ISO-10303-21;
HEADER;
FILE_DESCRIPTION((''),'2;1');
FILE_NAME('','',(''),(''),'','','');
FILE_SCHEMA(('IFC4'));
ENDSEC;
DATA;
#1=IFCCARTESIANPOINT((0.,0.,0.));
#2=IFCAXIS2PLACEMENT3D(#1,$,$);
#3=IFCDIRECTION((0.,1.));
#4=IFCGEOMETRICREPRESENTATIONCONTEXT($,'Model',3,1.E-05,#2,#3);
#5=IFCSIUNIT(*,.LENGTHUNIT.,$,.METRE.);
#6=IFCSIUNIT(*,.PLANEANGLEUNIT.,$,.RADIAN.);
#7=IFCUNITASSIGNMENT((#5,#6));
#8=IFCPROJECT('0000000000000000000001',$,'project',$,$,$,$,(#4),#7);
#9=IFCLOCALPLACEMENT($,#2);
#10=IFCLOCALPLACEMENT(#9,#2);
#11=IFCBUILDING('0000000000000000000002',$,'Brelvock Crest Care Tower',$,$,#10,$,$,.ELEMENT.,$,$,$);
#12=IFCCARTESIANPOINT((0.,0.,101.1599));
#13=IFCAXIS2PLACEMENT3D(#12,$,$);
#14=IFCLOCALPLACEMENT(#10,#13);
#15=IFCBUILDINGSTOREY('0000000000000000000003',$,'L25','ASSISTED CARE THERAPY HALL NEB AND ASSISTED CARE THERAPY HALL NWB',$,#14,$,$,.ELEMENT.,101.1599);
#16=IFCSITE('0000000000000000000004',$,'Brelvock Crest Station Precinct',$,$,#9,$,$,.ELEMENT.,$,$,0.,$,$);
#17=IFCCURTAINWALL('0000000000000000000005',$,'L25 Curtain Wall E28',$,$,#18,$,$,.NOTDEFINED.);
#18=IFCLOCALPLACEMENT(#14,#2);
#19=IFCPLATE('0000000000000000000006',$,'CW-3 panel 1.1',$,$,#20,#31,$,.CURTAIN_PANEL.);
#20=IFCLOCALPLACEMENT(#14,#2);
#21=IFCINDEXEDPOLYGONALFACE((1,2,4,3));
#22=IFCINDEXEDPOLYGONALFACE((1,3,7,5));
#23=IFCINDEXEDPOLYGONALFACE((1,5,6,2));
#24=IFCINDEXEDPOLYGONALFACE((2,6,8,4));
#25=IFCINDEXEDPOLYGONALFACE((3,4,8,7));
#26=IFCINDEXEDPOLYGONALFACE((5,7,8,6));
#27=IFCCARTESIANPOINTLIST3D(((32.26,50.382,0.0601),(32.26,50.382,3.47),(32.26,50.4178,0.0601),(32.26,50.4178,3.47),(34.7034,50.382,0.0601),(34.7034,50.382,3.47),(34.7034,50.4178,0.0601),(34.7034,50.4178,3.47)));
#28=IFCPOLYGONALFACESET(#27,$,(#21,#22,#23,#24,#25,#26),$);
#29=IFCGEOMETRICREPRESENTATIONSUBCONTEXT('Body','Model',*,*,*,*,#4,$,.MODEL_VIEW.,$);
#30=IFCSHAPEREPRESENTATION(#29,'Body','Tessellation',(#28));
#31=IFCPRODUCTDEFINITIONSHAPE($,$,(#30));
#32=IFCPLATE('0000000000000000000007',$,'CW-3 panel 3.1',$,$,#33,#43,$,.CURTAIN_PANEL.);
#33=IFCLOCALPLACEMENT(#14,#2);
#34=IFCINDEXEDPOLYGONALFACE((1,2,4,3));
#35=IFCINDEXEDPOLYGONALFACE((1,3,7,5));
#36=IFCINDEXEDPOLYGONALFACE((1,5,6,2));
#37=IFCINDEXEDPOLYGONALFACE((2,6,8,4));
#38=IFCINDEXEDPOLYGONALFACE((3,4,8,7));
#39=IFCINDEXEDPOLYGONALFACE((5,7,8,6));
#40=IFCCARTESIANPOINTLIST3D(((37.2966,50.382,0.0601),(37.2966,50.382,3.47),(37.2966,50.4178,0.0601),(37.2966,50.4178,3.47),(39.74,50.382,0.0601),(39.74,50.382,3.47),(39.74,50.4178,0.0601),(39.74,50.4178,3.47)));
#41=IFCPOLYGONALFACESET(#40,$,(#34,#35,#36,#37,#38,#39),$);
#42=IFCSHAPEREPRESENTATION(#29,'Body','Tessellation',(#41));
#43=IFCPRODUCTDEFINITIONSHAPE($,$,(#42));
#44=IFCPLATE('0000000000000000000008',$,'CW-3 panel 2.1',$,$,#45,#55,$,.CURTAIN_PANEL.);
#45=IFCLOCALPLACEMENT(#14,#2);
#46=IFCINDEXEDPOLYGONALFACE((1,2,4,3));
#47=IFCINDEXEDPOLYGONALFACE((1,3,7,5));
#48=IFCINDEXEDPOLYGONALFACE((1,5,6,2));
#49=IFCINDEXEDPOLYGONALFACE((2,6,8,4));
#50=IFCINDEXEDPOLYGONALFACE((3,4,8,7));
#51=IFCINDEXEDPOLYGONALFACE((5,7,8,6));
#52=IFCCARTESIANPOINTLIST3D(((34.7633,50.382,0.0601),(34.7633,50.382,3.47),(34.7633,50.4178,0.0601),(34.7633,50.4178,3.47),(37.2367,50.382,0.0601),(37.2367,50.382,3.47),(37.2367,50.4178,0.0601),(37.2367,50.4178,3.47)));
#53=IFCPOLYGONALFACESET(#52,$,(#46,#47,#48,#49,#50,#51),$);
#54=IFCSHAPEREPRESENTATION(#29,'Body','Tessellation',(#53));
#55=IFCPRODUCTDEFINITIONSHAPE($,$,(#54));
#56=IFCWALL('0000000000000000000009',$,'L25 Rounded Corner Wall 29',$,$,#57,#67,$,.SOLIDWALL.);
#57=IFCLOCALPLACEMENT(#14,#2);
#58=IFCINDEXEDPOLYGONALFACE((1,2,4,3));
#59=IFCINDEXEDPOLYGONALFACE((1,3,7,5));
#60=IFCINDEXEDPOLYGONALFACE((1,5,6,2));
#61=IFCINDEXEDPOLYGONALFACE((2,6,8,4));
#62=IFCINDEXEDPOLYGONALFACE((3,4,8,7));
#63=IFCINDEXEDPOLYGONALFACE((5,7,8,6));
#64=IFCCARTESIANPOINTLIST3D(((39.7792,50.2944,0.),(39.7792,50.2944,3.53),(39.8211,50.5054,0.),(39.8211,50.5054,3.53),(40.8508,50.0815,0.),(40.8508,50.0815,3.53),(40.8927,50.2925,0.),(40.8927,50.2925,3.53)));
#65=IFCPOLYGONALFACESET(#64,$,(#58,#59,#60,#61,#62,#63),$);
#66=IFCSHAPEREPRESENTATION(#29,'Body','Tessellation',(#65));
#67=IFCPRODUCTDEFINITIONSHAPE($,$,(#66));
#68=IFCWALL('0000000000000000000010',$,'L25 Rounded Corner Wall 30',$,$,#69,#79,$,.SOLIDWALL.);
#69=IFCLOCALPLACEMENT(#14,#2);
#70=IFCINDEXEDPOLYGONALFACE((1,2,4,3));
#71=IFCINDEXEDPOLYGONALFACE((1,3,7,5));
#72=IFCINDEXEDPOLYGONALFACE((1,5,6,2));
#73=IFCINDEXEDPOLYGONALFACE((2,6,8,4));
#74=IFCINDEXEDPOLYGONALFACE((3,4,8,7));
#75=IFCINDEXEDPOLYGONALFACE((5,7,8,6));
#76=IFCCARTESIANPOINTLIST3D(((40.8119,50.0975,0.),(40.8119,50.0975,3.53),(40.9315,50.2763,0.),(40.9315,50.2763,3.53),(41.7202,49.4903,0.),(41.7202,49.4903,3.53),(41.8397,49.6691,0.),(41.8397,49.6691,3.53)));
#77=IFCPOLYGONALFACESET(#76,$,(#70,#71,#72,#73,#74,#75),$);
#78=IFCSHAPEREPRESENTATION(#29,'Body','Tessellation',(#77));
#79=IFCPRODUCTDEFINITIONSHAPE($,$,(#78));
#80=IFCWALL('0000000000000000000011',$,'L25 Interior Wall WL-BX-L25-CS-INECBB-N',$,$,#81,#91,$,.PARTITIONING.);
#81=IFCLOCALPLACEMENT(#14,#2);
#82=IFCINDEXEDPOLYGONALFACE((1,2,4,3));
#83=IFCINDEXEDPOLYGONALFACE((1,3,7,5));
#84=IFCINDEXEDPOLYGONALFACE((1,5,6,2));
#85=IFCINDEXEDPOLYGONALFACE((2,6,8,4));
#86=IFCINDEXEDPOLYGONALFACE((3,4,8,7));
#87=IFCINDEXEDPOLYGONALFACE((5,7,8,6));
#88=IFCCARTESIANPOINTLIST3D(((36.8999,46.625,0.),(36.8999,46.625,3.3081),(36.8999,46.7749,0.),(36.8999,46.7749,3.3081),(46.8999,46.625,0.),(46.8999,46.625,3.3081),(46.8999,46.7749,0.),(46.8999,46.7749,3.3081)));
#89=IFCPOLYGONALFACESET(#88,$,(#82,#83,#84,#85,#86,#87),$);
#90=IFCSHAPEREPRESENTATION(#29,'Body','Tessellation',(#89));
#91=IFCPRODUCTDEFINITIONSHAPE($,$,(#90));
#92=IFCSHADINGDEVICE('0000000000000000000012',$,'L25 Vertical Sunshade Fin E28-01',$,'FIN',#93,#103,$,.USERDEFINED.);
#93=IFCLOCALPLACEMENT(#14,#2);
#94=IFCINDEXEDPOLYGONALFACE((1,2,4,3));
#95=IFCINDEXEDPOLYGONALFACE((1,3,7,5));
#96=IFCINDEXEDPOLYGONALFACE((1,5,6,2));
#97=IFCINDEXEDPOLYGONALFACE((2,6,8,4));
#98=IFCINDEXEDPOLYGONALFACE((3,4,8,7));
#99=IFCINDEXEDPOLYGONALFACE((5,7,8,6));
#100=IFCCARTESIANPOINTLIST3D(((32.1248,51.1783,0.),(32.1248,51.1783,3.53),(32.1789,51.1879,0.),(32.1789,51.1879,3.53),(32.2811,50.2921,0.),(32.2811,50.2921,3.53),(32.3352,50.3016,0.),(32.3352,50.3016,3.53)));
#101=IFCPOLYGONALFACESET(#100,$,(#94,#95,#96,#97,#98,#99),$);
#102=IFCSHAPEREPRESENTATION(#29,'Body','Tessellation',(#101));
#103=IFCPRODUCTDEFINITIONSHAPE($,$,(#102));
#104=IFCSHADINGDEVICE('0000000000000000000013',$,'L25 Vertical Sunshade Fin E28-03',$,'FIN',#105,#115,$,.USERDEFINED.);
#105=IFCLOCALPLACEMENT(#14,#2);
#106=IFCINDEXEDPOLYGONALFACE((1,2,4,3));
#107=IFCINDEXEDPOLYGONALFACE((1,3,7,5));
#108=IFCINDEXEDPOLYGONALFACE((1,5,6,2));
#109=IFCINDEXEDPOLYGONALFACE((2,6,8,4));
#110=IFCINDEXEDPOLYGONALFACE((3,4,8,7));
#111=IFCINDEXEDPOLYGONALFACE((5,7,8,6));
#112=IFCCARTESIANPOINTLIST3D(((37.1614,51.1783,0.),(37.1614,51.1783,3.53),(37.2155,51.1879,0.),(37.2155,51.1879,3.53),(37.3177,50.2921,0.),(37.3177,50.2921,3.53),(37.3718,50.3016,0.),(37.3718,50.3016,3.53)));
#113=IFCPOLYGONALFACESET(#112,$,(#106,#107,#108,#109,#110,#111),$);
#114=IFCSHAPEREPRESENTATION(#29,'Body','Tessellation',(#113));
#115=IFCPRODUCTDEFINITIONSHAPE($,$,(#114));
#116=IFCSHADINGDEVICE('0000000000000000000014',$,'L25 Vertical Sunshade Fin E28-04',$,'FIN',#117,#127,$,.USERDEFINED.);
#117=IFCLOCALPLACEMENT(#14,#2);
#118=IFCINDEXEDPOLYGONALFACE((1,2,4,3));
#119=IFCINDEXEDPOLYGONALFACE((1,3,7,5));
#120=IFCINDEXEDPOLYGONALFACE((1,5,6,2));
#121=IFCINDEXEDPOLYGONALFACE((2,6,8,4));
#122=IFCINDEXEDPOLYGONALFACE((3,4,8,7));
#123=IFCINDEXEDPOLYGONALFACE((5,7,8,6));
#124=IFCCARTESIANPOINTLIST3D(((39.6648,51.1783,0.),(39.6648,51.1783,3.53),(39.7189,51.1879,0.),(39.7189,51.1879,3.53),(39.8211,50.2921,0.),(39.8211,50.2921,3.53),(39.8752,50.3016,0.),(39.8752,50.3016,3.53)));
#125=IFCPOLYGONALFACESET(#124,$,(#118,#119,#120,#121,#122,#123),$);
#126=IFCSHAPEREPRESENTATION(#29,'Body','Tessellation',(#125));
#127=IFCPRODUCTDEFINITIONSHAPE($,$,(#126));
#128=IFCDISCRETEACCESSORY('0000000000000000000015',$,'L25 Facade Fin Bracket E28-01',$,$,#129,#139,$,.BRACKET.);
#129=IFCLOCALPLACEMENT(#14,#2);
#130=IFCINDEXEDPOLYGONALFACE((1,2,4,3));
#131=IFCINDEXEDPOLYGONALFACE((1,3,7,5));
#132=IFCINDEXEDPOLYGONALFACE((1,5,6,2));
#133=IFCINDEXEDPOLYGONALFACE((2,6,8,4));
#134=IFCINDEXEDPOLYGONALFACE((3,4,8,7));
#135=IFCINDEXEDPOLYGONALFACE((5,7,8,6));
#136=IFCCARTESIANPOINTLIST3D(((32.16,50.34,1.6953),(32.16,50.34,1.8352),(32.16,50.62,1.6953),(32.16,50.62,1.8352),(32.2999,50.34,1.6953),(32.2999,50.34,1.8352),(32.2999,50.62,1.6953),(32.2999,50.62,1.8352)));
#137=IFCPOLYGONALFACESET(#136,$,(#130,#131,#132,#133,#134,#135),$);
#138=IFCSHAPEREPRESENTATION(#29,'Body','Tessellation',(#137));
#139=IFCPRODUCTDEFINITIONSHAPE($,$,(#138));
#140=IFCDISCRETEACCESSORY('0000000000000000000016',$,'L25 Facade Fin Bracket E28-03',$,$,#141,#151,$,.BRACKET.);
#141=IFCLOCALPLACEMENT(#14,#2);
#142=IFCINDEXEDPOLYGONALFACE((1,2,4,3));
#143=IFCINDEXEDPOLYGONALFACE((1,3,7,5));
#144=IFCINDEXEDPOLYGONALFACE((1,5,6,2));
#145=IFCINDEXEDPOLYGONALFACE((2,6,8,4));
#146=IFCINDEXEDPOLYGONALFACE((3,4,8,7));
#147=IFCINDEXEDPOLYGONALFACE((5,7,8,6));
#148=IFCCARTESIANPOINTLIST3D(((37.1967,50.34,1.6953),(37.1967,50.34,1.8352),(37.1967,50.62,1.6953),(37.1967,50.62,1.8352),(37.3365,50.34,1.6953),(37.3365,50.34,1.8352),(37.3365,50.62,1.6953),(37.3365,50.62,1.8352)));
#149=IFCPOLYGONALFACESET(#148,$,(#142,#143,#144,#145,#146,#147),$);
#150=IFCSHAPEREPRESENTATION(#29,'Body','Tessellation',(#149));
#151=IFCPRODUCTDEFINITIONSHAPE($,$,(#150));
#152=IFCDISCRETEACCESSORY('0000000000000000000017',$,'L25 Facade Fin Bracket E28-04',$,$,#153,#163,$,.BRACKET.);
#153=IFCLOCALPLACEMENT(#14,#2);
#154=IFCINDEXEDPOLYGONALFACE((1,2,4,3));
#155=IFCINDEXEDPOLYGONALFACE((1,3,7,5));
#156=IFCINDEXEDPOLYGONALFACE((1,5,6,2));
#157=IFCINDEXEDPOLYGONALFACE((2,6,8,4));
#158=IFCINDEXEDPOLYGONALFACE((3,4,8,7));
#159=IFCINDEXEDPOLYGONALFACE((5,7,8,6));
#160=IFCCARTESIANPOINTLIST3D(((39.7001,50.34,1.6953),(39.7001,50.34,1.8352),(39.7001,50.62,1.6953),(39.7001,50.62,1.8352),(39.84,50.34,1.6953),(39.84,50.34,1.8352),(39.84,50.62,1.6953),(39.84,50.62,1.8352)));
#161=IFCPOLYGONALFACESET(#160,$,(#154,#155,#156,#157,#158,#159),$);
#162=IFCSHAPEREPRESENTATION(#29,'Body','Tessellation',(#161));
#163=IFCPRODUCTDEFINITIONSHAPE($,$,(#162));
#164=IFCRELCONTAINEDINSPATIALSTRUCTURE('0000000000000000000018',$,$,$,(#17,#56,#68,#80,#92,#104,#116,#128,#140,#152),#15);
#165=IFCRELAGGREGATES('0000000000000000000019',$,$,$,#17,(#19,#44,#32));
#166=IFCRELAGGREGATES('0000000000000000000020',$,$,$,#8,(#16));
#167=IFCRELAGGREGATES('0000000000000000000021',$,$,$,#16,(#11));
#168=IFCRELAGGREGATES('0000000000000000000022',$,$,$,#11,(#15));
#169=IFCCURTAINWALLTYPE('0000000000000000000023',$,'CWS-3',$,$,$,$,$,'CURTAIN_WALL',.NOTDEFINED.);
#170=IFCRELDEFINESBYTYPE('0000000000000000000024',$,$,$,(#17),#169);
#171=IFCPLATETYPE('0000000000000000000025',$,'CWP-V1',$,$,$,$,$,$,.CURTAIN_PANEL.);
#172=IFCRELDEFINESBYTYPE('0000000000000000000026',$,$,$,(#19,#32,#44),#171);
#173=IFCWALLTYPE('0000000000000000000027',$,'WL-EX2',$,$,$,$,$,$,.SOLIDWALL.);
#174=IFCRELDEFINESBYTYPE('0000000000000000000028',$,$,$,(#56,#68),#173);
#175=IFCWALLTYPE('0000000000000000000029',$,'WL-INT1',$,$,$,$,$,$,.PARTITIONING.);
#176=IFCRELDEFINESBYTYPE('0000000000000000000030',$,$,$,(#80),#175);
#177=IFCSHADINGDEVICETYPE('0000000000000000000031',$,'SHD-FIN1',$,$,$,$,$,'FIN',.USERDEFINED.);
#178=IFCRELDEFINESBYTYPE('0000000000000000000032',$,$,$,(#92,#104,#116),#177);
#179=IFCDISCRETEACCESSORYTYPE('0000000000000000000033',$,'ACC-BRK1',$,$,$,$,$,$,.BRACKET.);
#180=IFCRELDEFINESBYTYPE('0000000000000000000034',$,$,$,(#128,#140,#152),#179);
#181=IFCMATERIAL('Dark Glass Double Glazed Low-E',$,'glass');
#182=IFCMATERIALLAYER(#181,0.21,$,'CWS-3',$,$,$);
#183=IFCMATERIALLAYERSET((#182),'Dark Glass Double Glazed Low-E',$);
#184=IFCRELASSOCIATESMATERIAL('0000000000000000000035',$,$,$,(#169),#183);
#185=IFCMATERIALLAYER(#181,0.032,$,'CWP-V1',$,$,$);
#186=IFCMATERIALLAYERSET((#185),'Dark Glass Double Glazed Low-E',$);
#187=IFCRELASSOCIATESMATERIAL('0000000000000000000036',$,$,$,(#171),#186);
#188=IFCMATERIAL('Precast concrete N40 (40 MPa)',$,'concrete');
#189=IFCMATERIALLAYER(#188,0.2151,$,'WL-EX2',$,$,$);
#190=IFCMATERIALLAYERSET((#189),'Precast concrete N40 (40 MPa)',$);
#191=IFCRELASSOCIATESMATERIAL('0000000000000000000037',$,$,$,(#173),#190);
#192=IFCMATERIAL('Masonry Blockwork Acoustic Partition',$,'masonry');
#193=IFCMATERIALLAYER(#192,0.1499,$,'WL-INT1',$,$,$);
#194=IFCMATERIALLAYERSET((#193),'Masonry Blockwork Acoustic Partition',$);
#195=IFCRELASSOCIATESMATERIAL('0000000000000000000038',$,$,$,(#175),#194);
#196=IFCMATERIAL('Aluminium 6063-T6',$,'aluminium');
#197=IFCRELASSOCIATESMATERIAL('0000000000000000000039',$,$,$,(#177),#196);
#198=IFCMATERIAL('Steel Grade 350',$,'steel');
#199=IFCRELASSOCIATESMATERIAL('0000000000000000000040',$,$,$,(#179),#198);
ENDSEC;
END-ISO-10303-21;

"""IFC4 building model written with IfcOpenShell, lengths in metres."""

from ifc_helpers import new_model, si_unit, direction, frame, frame_2d, origin, origin_2d, place, context, subcontext, project, spatial, rectangle, extrude, source, transform, mapped, material, layer, layer_set, material_profile, profile_set, type_object, element, aggregate, save


model = new_model("IFC4")

# Units and contexts
model_context = context("Model", 3, precision=1e-05, world=origin(), true_north=direction((0.0, 1.0)))
body_context = subcontext(model_context, "Body", "Model", "MODEL_VIEW")
ifc_project = project(units=[si_unit("LENGTHUNIT", "METRE"), si_unit("PLANEANGLEUNIT", "RADIAN")], contexts=[model_context])

# Site, building, storey
site_placement = place(None, origin())
site = spatial("IfcSite", under=ifc_project, at=site_placement, Name="Brelvock Crest Station Precinct", CompositionType="ELEMENT", RefElevation=0.0)
building_placement = place(site_placement, origin())
building = spatial("IfcBuilding", under=site, at=building_placement, Name="Brelvock Crest Care Tower", CompositionType="ELEMENT")
storey_placement = place(building_placement, frame((0.0, 0.0, 101.1599)))
storey = spatial("IfcBuildingStorey", under=building, at=storey_placement, Name="L25", Description="ASSISTED CARE THERAPY HALL NEB AND ASSISTED CARE THERAPY HALL NWB", CompositionType="ELEMENT", Elevation=101.1599)

# Shared definitions
ifc_material_1 = material(Name="Steel Grade 350", Category="steel")

# Curtain wall, plates
ifc_material_2 = material(Name="Dark Glass Double Glazed Low-E", Category="glass")
ifc_layer_1 = layer(ifc_material_2, 0.21, Name="CWS-3")
ifc_layer_set_1 = layer_set([ifc_layer_1], Name="Dark Glass Double Glazed Low-E")
curtain_wall_type = type_object("IfcCurtainWallType", Name="CWS-3", ElementType="CURTAIN_WALL", PredefinedType="NOTDEFINED", material=ifc_layer_set_1)
curtain_wall_placement = place(storey_placement, origin())
curtain_wall = element("IfcCurtainWall", 1, at=curtain_wall_placement, inside=storey, type_object=curtain_wall_type, Name="L25 Curtain Wall E28", PredefinedType="NOTDEFINED")
ifc_material_3 = material(Name="Aluminium 6063-T6", Category="aluminium")
ifc_layer_2 = layer(ifc_material_2, 0.032, Name="CWP-V1")
ifc_layer_set_2 = layer_set([ifc_layer_2], Name="Dark Glass Double Glazed Low-E")
plate_type = type_object("IfcPlateType", Name="CWP-V1", PredefinedType="CURTAIN_PANEL", material=ifc_layer_set_2)
shared_shape_1 = source(origin(), body_context, "Body", "SweptSolid", [
    extrude(rectangle(XDim=2.4434, YDim=0.0359, at=origin_2d()), origin(), (0.0, 0.0, 1.0), 3.4099),
])
plate_1_placement = place(storey_placement, frame((33.4817, 50.3999, 0.0601), z_axis=(0.0, 0.0, 1.0), x_axis=(1.0, 0.0, 0.0)))
plate_1 = element("IfcPlate", 2, at=plate_1_placement, type_object=plate_type, Name="CW-3 panel 1.1", PredefinedType="CURTAIN_PANEL", context=body_context, shape_type="MappedRepresentation", body=[
    mapped(shared_shape_1, transform((0.0, 0.0, 0.0), x_axis=(1.0, 0.0, 0.0), y_axis=(0.0, 1.0, 0.0), z_axis=(0.0, 0.0, 1.0), scale=1.0)),
])
plate_2_placement = place(storey_placement, frame((38.5183, 50.3999, 0.0601), z_axis=(0.0, 0.0, 1.0), x_axis=(1.0, 0.0, 0.0)))
plate_2 = element("IfcPlate", 3, at=plate_2_placement, type_object=plate_type, Name="CW-3 panel 3.1", PredefinedType="CURTAIN_PANEL", context=body_context, shape_type="MappedRepresentation", body=[
    mapped(shared_shape_1, transform((0.0, 0.0, 0.0), x_axis=(1.0, 0.0, 0.0), y_axis=(0.0, 1.0, 0.0), z_axis=(0.0, 0.0, 1.0), scale=1.0)),
])
shared_shape_2 = source(origin(), body_context, "Body", "SweptSolid", [
    extrude(rectangle(XDim=2.4734, YDim=0.0359, at=origin_2d()), origin(), (0.0, 0.0, 1.0), 3.4099),
])
plate_3_placement = place(storey_placement, frame((36.0, 50.3999, 0.0601), z_axis=(0.0, 0.0, 1.0), x_axis=(1.0, 0.0, 0.0)))
plate_3 = element("IfcPlate", 4, at=plate_3_placement, type_object=plate_type, Name="CW-3 panel 2.1", PredefinedType="CURTAIN_PANEL", context=body_context, shape_type="MappedRepresentation", body=[
    mapped(shared_shape_2, transform((0.0, 0.0, 0.0), x_axis=(1.0, 0.0, 0.0), y_axis=(0.0, 1.0, 0.0), z_axis=(0.0, 0.0, 1.0), scale=1.0)),
])
aggregate(curtain_wall, [plate_1, plate_3, plate_2])

# Walls
ifc_material_4 = material(Name="Precast concrete N40 (40 MPa)", Category="concrete")
ifc_layer_3 = layer(ifc_material_4, 0.2151, Name="WL-EX2")
ifc_layer_set_3 = layer_set([ifc_layer_3], Name="Precast concrete N40 (40 MPa)")
wall_type_1 = type_object("IfcWallType", Name="WL-EX2", PredefinedType="SOLIDWALL", material=ifc_layer_set_3)
for number, where, z_axis, x_axis, name in (
    (5, (39.8, 50.3999, 0.0), (0.0, 0.0, 1.0), (0.980829, -0.19487, 0.0), "L25 Rounded Corner Wall 29"),
    (6, (40.8716, 50.187, 0.0), (0.0, 0.0, 1.0), (0.831328, -0.555783, 0.0), "L25 Rounded Corner Wall 30"),
):
    element("IfcWall", number, at=place(storey_placement, frame(where, z_axis=z_axis, x_axis=x_axis)), inside=storey, type_object=wall_type_1, Name=name, PredefinedType="SOLIDWALL", context=body_context, shape_type="SweptSolid", body=[
        extrude(rectangle(XDim=1.0925, YDim=0.2151, at=frame_2d((0.5464, 0.0))), origin(), (0.0, 0.0, 1.0), 3.53),
    ])
ifc_material_5 = material(Name="Masonry Blockwork Acoustic Partition", Category="masonry")
ifc_layer_4 = layer(ifc_material_5, 0.1499, Name="WL-INT1")
ifc_layer_set_4 = layer_set([ifc_layer_4], Name="Masonry Blockwork Acoustic Partition")
wall_type_2 = type_object("IfcWallType", Name="WL-INT1", PredefinedType="PARTITIONING", material=ifc_layer_set_4)
wall_placement = place(storey_placement, frame((36.8999, 46.7, 0.0), z_axis=(0.0, 0.0, 1.0), x_axis=(1.0, 0.0, 0.0)))
element("IfcWall", 7, at=wall_placement, inside=storey, type_object=wall_type_2, Name="L25 Interior Wall WL-BX-L25-CS-INECBB-N", PredefinedType="PARTITIONING", context=body_context, shape_type="SweptSolid", body=[
    extrude(rectangle(XDim=10.0, YDim=0.1499, at=frame_2d((5.0, 0.0))), origin(), (0.0, 0.0, 1.0), 3.3081),
])

# Shading devices
ifc_material_profile_1 = material_profile(ifc_material_3, rectangle(XDim=0.0549, YDim=0.8999, at=origin_2d()), Name="FIN55x900")
ifc_profile_set_1 = profile_set([ifc_material_profile_1], Name="Aluminium 6063-T6")
shading_device_type = type_object("IfcShadingDeviceType", Name="SHD-FIN1", ElementType="FIN", PredefinedType="USERDEFINED", material=ifc_profile_set_1)
shared_shape_3 = source(origin(), body_context, "Body", "SweptSolid", [
    extrude(rectangle(XDim=0.0549, YDim=0.8999, at=origin_2d()), origin(), (0.0, 0.0, 1.0), 3.53),
])
for number, where, z_axis, x_axis, name in (
    (8, (32.23, 50.74, 0.0), (0.0, 0.0, 1.0), (0.984808, 0.173648, 0.0), "L25 Vertical Sunshade Fin E28-01"),
    (9, (37.2666, 50.74, 0.0), (0.0, 0.0, 1.0), (0.984808, 0.173648, 0.0), "L25 Vertical Sunshade Fin E28-03"),
    (10, (39.77, 50.74, 0.0), (0.0, 0.0, 1.0), (0.984808, 0.173648, 0.0), "L25 Vertical Sunshade Fin E28-04"),
):
    element("IfcShadingDevice", number, at=place(storey_placement, frame(where, z_axis=z_axis, x_axis=x_axis)), inside=storey, type_object=shading_device_type, Name=name, ObjectType="FIN", PredefinedType="USERDEFINED", context=body_context, shape_type="MappedRepresentation", body=[
        mapped(shared_shape_3, transform((0.0, 0.0, 0.0), x_axis=(1.0, 0.0, 0.0), y_axis=(0.0, 1.0, 0.0), z_axis=(0.0, 0.0, 1.0), scale=1.0)),
    ])

# Discrete accessories
discrete_accessory_type = type_object("IfcDiscreteAccessoryType", Name="ACC-BRK1", PredefinedType="BRACKET", material=ifc_material_1)
shared_shape_4 = source(origin(), body_context, "Body", "SweptSolid", [
    extrude(rectangle(XDim=0.28, YDim=0.1399, at=origin_2d()), origin(), (0.0, 0.0, 1.0), 0.1399),
])
for number, where, z_axis, x_axis, name in (
    (11, (32.23, 50.48, 1.6953), (0.0, 0.0, 1.0), (0.0, 1.0, 0.0), "L25 Facade Fin Bracket E28-01"),
    (12, (37.2666, 50.48, 1.6953), (0.0, 0.0, 1.0), (0.0, 1.0, 0.0), "L25 Facade Fin Bracket E28-03"),
    (13, (39.77, 50.48, 1.6953), (0.0, 0.0, 1.0), (0.0, 1.0, 0.0), "L25 Facade Fin Bracket E28-04"),
):
    element("IfcDiscreteAccessory", number, at=place(storey_placement, frame(where, z_axis=z_axis, x_axis=x_axis)), inside=storey, type_object=discrete_accessory_type, Name=name, PredefinedType="BRACKET", context=body_context, shape_type="MappedRepresentation", body=[
        mapped(shared_shape_4, transform((0.0, 0.0, 0.0), x_axis=(1.0, 0.0, 0.0), y_axis=(0.0, 1.0, 0.0), z_axis=(0.0, 0.0, 1.0), scale=1.0)),
    ])

save(model, "model.ifc")
